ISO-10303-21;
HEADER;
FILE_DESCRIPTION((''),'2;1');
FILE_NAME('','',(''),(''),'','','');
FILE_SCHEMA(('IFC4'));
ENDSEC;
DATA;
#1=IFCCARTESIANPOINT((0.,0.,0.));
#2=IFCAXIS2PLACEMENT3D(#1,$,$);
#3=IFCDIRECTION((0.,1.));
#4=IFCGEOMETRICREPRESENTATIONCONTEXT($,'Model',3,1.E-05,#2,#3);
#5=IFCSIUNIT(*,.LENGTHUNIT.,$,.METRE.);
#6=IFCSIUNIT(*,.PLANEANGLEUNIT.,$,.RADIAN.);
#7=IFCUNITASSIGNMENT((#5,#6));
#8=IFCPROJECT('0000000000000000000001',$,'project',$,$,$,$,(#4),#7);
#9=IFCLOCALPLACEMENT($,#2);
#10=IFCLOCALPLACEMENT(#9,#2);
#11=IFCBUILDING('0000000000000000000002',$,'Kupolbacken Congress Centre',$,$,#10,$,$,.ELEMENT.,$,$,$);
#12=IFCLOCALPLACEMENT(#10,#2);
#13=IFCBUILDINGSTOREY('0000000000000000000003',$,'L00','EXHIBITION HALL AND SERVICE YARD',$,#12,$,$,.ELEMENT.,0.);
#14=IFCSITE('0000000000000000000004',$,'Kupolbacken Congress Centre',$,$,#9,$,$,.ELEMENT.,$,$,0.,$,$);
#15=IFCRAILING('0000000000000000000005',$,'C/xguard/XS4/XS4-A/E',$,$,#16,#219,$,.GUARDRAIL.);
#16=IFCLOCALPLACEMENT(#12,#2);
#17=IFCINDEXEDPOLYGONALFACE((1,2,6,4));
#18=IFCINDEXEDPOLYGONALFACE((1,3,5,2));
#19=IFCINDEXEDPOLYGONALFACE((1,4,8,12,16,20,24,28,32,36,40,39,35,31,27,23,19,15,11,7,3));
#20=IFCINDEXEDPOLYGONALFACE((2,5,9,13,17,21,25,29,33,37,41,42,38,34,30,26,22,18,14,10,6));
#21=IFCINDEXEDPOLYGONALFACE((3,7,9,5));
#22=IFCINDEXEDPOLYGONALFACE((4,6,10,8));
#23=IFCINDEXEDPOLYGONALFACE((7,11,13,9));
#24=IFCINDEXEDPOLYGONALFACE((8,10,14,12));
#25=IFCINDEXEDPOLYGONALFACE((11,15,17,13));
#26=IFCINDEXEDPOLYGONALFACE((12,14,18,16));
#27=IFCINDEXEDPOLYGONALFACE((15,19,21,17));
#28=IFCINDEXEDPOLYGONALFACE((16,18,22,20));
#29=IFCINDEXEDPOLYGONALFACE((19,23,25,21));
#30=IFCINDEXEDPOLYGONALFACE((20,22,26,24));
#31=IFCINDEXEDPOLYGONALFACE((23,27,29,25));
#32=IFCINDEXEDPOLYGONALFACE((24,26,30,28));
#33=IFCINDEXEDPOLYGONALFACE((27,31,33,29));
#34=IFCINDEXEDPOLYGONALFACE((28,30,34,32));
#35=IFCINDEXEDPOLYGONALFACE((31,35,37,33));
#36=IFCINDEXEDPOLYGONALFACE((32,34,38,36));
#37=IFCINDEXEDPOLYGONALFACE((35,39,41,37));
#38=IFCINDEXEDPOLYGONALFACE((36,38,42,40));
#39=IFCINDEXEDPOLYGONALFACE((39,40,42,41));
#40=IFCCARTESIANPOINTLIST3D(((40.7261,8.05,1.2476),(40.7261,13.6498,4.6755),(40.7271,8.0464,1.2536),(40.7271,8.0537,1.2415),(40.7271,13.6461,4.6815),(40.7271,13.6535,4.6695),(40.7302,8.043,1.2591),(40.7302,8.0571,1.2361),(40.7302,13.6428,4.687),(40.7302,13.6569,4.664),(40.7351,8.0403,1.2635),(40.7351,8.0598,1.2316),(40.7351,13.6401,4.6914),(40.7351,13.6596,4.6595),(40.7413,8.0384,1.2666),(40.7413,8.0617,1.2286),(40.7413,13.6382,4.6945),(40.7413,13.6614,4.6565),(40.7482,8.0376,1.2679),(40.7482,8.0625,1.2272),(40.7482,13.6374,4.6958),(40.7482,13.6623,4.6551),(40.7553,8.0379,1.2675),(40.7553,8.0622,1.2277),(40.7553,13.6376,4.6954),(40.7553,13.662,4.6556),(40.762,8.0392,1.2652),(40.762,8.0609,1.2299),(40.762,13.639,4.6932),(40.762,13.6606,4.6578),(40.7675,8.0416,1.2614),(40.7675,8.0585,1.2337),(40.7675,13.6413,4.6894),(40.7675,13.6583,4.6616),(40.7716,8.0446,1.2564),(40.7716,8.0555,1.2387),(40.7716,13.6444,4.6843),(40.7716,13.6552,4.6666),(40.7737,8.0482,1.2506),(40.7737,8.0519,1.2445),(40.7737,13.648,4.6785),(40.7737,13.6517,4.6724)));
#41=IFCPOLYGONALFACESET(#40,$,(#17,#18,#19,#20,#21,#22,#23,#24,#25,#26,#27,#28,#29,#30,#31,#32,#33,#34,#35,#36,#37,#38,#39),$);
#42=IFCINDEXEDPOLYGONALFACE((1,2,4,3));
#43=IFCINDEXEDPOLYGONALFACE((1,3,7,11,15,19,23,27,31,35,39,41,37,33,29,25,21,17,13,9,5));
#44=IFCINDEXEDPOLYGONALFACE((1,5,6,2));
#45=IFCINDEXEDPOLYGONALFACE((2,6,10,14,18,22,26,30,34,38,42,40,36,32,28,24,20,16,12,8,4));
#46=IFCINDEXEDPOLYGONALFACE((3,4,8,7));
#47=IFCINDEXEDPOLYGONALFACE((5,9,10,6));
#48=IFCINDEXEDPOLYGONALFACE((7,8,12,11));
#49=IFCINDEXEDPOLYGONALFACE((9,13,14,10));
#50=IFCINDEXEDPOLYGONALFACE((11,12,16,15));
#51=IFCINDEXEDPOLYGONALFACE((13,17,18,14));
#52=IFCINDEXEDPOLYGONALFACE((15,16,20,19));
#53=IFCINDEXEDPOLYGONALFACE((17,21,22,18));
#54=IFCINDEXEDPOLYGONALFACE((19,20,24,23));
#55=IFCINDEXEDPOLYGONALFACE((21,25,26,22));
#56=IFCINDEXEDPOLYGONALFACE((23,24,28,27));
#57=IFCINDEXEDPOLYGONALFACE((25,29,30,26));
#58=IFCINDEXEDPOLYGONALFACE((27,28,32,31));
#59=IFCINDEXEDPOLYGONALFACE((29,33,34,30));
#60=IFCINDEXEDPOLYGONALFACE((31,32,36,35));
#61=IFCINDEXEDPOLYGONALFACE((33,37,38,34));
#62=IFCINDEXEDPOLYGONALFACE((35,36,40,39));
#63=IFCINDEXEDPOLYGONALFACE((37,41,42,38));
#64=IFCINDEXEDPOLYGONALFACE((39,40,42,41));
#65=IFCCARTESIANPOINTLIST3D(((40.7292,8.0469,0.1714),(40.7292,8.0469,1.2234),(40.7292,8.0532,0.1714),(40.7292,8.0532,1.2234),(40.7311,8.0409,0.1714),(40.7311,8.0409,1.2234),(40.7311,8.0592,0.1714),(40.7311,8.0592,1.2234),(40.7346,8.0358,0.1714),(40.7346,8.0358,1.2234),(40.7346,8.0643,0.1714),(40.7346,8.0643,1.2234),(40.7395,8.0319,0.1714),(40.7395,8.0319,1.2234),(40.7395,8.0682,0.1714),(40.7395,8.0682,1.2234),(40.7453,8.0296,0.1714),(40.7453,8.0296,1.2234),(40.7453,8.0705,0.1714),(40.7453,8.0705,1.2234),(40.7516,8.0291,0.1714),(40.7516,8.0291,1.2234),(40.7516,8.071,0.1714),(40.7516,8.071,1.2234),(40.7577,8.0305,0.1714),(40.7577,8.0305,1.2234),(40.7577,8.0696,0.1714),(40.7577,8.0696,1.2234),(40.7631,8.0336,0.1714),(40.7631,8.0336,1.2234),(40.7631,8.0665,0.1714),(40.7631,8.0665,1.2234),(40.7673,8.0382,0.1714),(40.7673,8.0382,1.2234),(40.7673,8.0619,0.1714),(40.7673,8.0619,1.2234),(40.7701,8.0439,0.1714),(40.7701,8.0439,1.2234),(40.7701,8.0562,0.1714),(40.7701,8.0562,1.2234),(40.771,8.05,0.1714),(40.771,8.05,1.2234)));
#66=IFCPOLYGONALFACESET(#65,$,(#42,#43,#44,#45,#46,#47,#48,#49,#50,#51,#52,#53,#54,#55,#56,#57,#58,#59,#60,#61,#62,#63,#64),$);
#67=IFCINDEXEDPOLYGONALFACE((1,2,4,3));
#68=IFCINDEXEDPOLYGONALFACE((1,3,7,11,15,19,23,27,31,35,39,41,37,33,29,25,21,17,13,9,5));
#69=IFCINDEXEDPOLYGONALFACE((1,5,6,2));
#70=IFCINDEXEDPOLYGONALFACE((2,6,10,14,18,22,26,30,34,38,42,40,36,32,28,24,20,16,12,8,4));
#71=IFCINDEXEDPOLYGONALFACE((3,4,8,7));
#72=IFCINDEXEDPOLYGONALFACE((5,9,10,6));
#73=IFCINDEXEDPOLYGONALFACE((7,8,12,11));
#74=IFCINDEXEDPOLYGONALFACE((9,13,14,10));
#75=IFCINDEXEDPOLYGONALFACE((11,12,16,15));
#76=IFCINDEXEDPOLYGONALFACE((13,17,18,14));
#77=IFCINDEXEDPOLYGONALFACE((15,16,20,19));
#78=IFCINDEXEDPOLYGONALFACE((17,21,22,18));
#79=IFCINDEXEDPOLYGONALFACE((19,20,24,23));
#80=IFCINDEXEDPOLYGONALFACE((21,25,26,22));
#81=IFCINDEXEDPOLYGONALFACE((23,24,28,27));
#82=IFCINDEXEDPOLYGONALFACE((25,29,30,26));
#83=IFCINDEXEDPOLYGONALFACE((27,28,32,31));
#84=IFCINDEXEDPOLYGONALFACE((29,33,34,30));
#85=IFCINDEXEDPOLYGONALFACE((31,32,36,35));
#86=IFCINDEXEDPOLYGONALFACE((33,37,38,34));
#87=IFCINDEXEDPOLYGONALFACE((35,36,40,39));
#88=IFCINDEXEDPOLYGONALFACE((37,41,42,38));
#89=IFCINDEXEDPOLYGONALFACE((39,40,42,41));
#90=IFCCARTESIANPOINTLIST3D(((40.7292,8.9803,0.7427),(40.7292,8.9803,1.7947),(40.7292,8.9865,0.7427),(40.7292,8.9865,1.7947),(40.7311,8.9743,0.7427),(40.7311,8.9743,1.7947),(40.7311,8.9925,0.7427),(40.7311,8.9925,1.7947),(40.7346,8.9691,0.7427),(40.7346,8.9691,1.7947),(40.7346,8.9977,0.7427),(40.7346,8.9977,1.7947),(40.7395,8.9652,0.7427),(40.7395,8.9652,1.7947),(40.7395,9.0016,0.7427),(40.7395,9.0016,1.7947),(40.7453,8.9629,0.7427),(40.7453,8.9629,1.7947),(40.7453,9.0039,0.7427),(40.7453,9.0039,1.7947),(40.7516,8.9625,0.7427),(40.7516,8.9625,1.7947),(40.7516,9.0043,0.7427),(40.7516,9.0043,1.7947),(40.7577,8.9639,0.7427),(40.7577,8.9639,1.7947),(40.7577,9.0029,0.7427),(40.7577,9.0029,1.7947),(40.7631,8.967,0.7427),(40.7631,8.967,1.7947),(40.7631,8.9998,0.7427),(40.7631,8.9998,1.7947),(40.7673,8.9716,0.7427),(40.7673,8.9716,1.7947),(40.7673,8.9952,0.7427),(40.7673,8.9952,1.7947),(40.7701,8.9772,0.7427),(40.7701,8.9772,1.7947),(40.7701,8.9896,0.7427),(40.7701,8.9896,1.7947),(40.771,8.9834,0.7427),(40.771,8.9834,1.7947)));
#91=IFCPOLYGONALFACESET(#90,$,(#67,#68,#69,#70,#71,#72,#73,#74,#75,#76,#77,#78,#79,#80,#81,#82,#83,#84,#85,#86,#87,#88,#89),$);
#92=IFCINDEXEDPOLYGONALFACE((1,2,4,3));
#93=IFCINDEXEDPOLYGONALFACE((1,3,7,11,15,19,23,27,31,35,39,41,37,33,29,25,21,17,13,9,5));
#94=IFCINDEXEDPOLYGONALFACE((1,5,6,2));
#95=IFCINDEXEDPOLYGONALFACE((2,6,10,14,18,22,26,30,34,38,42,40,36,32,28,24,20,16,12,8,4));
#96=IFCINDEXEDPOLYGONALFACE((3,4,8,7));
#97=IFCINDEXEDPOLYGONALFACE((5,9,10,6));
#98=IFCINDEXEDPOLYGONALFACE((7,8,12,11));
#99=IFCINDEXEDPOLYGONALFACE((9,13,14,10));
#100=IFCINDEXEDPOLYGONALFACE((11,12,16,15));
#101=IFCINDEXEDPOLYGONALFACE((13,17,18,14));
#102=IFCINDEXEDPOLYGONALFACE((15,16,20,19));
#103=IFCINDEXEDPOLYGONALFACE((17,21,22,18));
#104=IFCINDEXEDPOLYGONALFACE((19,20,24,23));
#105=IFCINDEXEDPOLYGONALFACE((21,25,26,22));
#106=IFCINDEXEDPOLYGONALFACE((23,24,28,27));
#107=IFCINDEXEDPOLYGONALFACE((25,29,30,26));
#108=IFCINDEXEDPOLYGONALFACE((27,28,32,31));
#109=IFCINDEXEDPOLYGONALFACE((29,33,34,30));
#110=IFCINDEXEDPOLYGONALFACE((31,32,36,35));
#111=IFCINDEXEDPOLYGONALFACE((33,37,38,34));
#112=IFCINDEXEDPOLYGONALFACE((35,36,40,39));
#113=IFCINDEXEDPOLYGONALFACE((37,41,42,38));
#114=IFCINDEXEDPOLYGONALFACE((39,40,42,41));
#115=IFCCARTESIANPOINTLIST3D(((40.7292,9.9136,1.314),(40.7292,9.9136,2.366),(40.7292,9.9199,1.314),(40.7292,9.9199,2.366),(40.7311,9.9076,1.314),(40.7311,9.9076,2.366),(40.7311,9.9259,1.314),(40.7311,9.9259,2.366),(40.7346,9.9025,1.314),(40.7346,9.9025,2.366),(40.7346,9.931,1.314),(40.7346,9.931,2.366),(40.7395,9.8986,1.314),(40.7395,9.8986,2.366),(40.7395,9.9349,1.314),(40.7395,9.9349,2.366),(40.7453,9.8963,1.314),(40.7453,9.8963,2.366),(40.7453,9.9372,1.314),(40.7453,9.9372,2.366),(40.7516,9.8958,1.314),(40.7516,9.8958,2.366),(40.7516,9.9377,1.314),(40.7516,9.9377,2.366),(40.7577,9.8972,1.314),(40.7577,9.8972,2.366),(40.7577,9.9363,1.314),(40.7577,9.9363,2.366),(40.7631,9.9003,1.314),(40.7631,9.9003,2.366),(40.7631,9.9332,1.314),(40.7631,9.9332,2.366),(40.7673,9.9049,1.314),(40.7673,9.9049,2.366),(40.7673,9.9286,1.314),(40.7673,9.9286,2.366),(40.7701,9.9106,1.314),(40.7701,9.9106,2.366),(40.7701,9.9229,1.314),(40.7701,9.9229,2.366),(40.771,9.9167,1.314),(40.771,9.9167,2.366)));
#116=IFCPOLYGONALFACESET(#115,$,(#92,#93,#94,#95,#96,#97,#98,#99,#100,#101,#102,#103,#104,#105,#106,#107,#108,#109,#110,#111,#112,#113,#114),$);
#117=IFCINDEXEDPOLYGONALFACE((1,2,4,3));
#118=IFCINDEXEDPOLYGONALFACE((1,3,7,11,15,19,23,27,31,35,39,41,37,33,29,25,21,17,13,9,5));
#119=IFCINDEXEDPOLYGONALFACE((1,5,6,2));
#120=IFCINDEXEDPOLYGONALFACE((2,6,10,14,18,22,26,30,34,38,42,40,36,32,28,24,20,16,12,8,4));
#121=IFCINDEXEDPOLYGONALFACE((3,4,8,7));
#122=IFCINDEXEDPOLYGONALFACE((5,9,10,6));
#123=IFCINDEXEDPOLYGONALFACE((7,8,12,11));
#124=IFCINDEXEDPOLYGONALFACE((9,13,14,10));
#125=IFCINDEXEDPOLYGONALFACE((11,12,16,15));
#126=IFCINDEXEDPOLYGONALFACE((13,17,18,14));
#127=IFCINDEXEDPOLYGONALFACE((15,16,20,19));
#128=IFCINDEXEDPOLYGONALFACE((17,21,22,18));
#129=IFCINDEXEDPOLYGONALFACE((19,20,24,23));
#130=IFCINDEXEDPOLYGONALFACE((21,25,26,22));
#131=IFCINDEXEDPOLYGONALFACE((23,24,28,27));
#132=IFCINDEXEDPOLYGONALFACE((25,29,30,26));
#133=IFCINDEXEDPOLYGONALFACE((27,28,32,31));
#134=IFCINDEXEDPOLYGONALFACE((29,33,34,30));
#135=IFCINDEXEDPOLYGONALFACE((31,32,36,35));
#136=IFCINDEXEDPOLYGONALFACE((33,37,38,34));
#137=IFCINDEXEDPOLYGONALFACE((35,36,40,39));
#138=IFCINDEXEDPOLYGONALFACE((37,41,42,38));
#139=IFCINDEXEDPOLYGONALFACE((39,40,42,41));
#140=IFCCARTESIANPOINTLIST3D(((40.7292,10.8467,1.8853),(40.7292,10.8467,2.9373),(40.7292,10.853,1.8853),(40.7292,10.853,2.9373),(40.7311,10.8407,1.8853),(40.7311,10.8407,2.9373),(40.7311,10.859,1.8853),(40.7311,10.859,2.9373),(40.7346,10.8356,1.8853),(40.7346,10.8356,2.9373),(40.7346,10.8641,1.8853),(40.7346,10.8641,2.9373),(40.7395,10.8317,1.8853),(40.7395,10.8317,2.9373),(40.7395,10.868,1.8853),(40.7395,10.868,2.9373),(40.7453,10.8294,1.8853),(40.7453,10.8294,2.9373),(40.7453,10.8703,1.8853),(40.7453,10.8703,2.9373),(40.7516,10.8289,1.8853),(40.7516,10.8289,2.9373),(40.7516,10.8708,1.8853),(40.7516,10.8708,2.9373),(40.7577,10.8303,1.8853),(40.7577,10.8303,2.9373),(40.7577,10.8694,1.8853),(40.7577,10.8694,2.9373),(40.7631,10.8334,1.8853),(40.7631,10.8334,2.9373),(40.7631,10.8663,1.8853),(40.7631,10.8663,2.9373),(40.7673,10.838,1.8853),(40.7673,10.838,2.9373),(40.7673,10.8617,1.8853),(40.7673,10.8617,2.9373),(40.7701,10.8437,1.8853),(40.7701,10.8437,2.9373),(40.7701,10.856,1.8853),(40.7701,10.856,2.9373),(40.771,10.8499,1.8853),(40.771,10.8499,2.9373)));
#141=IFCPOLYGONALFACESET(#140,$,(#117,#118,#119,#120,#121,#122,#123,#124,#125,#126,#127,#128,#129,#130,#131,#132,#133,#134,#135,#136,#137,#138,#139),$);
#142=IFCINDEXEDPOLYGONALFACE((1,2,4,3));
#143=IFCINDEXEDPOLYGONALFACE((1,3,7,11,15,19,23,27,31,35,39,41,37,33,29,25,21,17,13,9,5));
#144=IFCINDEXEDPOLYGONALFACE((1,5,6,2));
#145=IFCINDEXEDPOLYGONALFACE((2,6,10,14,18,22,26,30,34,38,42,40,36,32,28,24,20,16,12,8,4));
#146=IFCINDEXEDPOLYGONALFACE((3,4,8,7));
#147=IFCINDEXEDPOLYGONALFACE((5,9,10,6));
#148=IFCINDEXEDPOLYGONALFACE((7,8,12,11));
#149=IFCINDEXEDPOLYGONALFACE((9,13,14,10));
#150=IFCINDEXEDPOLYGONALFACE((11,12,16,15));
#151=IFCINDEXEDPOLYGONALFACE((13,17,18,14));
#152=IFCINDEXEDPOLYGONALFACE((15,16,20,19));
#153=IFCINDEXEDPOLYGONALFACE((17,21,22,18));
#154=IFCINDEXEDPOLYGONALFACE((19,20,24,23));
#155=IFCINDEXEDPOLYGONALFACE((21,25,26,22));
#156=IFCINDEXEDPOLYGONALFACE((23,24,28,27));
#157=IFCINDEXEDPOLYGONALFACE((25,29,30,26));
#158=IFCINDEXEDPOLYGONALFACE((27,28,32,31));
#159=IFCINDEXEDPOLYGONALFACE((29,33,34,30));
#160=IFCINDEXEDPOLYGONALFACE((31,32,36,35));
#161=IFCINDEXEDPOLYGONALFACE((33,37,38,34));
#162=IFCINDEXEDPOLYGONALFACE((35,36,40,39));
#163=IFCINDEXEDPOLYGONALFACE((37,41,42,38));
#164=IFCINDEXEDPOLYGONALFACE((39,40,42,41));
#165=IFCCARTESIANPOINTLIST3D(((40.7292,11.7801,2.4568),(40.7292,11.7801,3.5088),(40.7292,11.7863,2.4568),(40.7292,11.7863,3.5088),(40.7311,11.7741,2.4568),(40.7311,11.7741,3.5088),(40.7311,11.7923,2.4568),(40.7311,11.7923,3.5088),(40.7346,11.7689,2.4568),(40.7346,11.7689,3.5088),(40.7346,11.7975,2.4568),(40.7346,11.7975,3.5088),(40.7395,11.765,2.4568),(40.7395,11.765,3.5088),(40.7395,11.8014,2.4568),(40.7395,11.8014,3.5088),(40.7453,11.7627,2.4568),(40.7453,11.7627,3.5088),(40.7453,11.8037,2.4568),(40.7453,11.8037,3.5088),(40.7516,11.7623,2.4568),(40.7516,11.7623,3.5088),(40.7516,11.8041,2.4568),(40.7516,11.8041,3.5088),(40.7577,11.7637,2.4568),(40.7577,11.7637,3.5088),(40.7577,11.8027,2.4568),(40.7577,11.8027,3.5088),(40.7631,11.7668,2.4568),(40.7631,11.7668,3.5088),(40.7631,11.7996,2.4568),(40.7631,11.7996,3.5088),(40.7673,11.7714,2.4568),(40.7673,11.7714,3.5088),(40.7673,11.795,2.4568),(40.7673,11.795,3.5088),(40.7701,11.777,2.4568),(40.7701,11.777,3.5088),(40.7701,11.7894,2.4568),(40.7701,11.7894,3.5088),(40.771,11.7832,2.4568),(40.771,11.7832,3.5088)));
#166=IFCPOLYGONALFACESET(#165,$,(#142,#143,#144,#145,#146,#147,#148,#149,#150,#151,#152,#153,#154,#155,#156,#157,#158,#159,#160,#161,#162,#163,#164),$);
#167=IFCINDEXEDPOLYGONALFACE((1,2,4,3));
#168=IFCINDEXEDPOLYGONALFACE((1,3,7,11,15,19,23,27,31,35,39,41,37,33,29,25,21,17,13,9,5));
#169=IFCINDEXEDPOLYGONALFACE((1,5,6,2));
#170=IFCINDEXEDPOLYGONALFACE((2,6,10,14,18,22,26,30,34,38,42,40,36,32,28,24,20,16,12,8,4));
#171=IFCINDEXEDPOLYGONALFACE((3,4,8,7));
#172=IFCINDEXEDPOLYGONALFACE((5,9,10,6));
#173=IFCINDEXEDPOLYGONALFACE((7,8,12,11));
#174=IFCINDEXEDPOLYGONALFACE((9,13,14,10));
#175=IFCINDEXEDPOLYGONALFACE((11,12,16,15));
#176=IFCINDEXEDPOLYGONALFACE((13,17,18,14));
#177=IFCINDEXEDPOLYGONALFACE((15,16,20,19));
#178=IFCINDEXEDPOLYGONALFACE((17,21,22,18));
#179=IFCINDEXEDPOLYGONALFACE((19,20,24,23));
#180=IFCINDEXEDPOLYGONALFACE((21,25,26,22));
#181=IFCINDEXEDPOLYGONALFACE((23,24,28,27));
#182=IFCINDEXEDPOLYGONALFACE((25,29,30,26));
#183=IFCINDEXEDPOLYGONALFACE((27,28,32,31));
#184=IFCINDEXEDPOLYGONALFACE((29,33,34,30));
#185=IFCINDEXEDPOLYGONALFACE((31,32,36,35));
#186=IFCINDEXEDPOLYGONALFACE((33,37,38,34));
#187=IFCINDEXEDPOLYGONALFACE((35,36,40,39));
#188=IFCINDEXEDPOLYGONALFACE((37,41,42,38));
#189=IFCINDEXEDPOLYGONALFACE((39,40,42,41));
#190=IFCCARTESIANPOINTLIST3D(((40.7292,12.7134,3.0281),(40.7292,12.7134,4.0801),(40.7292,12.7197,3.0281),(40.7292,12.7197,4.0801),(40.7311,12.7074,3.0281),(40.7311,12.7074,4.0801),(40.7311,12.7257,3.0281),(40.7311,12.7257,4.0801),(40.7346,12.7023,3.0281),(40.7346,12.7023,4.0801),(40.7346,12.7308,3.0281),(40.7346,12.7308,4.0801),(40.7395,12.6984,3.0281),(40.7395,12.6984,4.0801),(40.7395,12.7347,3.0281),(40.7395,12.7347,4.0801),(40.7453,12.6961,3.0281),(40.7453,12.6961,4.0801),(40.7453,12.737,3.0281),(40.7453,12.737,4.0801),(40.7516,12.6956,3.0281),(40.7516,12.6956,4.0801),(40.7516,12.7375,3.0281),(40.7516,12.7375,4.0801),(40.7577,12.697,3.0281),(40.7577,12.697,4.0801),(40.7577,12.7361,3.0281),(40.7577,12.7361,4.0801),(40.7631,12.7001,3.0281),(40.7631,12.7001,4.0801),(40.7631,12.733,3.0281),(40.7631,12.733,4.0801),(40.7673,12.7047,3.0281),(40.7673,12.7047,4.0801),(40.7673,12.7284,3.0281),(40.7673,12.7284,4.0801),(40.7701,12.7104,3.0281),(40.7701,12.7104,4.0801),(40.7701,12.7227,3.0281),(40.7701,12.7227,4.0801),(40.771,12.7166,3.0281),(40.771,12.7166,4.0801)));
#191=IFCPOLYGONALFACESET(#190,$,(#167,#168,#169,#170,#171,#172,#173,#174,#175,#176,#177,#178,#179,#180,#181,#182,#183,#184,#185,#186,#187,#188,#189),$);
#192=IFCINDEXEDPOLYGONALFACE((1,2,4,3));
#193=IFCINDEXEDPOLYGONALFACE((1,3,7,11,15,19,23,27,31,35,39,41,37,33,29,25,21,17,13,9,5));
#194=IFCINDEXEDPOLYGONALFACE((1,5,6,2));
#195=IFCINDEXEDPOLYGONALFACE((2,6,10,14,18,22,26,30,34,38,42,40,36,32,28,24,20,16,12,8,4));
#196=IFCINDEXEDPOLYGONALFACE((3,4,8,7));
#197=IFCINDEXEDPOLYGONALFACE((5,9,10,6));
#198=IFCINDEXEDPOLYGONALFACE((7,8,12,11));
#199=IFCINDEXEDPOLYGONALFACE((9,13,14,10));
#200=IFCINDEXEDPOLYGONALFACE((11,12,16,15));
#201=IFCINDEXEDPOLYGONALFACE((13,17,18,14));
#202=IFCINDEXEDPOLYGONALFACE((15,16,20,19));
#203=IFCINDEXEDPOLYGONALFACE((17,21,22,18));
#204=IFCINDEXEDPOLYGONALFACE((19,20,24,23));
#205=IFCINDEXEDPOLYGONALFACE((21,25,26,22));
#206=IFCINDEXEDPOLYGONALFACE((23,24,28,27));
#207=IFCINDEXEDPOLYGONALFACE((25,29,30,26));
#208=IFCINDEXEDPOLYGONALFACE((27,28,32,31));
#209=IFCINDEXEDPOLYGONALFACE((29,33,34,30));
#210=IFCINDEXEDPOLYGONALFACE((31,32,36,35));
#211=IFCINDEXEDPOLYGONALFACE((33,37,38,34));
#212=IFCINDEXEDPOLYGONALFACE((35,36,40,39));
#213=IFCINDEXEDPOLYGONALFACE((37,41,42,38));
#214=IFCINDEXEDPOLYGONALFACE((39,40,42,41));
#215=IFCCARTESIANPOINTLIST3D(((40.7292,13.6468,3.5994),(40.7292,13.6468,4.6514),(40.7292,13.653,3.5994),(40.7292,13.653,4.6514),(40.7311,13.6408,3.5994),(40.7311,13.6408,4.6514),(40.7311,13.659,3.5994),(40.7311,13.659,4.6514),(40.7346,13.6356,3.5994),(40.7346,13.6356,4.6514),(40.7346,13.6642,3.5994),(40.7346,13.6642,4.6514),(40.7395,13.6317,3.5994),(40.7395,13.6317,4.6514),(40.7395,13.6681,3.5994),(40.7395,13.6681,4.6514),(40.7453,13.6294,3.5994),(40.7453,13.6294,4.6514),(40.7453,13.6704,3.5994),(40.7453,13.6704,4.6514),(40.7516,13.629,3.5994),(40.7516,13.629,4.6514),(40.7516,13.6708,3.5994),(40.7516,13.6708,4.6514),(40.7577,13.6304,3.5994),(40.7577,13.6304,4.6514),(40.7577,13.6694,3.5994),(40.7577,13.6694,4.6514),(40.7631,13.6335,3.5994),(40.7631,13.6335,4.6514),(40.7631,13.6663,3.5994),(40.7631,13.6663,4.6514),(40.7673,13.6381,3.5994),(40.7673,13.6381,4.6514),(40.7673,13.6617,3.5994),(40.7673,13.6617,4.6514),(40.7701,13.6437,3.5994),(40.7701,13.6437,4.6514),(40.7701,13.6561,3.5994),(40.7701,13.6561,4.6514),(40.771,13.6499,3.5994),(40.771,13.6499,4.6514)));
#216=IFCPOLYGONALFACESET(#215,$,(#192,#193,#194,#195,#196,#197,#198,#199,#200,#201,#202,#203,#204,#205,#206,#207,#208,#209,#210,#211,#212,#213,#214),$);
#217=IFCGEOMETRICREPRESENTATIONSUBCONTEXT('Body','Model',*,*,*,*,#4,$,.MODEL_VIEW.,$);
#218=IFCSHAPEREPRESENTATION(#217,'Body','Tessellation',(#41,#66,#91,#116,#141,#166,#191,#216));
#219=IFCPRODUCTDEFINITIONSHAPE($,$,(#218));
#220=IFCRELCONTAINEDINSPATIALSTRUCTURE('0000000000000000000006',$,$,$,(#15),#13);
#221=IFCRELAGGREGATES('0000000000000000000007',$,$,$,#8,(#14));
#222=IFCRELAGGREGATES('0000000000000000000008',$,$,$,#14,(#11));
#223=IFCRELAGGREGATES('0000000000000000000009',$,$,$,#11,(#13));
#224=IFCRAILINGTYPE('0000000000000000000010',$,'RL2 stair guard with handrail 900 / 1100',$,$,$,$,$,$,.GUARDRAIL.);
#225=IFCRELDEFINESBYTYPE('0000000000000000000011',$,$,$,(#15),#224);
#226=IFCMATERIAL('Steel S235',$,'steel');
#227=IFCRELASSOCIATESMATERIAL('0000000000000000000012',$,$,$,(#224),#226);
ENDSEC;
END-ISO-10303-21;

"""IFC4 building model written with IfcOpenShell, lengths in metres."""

from ifc_helpers import new_model, si_unit, direction, frame, origin, origin_2d, place, context, subcontext, project, spatial, circle, extrude, material, type_object, element, save


model = new_model("IFC4")

# Units and contexts
model_context = context("Model", 3, precision=1e-05, world=origin(), true_north=direction((0.0, 1.0)))
body_context = subcontext(model_context, "Body", "Model", "MODEL_VIEW")
ifc_project = project(units=[si_unit("LENGTHUNIT", "METRE"), si_unit("PLANEANGLEUNIT", "RADIAN")], contexts=[model_context])

# Site, building, storey
site_placement = place(None, origin())
site = spatial("IfcSite", under=ifc_project, at=site_placement, Name="Kupolbacken Congress Centre", CompositionType="ELEMENT", RefElevation=0.0)
building_placement = place(site_placement, origin())
building = spatial("IfcBuilding", under=site, at=building_placement, Name="Kupolbacken Congress Centre", CompositionType="ELEMENT")
storey_placement = place(building_placement, origin())
storey = spatial("IfcBuildingStorey", under=building, at=storey_placement, Name="L00", Description="EXHIBITION HALL AND SERVICE YARD", CompositionType="ELEMENT", Elevation=0.0)

# Railing
ifc_material_1 = material(Name="Steel S235", Category="steel")
railing_type = type_object("IfcRailingType", Name="RL2 stair guard with handrail 900 / 1100", PredefinedType="GUARDRAIL", material=ifc_material_1)
for number, where, name in (
    (1, (40.75, 8.05, 0.1714), "C/xguard/XS4/XS4-A/E"),
):
    element("IfcRailing", number, at=place(storey_placement, frame(where)), inside=storey, type_object=railing_type, Name=name, PredefinedType="GUARDRAIL", context=body_context, shape_type="SweptSolid", body=[
        extrude(circle(Radius=0.0239, at=origin_2d()), frame((0.0, 0.0, 1.0762), z_axis=(0.0, 0.852885, 0.522098), x_axis=(-1.0, 0.0, 0.0)), (0.0, 0.0, 1.0), 6.5657),
        extrude(circle(Radius=0.021, at=origin_2d()), origin(), (0.0, 0.0, 1.0), 1.052),
        extrude(circle(Radius=0.021, at=origin_2d()), frame((0.0, 0.9333, 0.5713)), (0.0, 0.0, 1.0), 1.052),
        extrude(circle(Radius=0.021, at=origin_2d()), frame((0.0, 1.8667, 1.1426)), (0.0, 0.0, 1.0), 1.052),
        extrude(circle(Radius=0.021, at=origin_2d()), frame((0.0, 2.7998, 1.7139)), (0.0, 0.0, 1.0), 1.052),
        extrude(circle(Radius=0.021, at=origin_2d()), frame((0.0, 3.7332, 2.2854)), (0.0, 0.0, 1.0), 1.052),
        extrude(circle(Radius=0.021, at=origin_2d()), frame((0.0, 4.6665, 2.8567)), (0.0, 0.0, 1.0), 1.052),
        extrude(circle(Radius=0.021, at=origin_2d()), frame((0.0, 5.5999, 3.428)), (0.0, 0.0, 1.0), 1.052),
    ])

save(model, "model.ifc")
